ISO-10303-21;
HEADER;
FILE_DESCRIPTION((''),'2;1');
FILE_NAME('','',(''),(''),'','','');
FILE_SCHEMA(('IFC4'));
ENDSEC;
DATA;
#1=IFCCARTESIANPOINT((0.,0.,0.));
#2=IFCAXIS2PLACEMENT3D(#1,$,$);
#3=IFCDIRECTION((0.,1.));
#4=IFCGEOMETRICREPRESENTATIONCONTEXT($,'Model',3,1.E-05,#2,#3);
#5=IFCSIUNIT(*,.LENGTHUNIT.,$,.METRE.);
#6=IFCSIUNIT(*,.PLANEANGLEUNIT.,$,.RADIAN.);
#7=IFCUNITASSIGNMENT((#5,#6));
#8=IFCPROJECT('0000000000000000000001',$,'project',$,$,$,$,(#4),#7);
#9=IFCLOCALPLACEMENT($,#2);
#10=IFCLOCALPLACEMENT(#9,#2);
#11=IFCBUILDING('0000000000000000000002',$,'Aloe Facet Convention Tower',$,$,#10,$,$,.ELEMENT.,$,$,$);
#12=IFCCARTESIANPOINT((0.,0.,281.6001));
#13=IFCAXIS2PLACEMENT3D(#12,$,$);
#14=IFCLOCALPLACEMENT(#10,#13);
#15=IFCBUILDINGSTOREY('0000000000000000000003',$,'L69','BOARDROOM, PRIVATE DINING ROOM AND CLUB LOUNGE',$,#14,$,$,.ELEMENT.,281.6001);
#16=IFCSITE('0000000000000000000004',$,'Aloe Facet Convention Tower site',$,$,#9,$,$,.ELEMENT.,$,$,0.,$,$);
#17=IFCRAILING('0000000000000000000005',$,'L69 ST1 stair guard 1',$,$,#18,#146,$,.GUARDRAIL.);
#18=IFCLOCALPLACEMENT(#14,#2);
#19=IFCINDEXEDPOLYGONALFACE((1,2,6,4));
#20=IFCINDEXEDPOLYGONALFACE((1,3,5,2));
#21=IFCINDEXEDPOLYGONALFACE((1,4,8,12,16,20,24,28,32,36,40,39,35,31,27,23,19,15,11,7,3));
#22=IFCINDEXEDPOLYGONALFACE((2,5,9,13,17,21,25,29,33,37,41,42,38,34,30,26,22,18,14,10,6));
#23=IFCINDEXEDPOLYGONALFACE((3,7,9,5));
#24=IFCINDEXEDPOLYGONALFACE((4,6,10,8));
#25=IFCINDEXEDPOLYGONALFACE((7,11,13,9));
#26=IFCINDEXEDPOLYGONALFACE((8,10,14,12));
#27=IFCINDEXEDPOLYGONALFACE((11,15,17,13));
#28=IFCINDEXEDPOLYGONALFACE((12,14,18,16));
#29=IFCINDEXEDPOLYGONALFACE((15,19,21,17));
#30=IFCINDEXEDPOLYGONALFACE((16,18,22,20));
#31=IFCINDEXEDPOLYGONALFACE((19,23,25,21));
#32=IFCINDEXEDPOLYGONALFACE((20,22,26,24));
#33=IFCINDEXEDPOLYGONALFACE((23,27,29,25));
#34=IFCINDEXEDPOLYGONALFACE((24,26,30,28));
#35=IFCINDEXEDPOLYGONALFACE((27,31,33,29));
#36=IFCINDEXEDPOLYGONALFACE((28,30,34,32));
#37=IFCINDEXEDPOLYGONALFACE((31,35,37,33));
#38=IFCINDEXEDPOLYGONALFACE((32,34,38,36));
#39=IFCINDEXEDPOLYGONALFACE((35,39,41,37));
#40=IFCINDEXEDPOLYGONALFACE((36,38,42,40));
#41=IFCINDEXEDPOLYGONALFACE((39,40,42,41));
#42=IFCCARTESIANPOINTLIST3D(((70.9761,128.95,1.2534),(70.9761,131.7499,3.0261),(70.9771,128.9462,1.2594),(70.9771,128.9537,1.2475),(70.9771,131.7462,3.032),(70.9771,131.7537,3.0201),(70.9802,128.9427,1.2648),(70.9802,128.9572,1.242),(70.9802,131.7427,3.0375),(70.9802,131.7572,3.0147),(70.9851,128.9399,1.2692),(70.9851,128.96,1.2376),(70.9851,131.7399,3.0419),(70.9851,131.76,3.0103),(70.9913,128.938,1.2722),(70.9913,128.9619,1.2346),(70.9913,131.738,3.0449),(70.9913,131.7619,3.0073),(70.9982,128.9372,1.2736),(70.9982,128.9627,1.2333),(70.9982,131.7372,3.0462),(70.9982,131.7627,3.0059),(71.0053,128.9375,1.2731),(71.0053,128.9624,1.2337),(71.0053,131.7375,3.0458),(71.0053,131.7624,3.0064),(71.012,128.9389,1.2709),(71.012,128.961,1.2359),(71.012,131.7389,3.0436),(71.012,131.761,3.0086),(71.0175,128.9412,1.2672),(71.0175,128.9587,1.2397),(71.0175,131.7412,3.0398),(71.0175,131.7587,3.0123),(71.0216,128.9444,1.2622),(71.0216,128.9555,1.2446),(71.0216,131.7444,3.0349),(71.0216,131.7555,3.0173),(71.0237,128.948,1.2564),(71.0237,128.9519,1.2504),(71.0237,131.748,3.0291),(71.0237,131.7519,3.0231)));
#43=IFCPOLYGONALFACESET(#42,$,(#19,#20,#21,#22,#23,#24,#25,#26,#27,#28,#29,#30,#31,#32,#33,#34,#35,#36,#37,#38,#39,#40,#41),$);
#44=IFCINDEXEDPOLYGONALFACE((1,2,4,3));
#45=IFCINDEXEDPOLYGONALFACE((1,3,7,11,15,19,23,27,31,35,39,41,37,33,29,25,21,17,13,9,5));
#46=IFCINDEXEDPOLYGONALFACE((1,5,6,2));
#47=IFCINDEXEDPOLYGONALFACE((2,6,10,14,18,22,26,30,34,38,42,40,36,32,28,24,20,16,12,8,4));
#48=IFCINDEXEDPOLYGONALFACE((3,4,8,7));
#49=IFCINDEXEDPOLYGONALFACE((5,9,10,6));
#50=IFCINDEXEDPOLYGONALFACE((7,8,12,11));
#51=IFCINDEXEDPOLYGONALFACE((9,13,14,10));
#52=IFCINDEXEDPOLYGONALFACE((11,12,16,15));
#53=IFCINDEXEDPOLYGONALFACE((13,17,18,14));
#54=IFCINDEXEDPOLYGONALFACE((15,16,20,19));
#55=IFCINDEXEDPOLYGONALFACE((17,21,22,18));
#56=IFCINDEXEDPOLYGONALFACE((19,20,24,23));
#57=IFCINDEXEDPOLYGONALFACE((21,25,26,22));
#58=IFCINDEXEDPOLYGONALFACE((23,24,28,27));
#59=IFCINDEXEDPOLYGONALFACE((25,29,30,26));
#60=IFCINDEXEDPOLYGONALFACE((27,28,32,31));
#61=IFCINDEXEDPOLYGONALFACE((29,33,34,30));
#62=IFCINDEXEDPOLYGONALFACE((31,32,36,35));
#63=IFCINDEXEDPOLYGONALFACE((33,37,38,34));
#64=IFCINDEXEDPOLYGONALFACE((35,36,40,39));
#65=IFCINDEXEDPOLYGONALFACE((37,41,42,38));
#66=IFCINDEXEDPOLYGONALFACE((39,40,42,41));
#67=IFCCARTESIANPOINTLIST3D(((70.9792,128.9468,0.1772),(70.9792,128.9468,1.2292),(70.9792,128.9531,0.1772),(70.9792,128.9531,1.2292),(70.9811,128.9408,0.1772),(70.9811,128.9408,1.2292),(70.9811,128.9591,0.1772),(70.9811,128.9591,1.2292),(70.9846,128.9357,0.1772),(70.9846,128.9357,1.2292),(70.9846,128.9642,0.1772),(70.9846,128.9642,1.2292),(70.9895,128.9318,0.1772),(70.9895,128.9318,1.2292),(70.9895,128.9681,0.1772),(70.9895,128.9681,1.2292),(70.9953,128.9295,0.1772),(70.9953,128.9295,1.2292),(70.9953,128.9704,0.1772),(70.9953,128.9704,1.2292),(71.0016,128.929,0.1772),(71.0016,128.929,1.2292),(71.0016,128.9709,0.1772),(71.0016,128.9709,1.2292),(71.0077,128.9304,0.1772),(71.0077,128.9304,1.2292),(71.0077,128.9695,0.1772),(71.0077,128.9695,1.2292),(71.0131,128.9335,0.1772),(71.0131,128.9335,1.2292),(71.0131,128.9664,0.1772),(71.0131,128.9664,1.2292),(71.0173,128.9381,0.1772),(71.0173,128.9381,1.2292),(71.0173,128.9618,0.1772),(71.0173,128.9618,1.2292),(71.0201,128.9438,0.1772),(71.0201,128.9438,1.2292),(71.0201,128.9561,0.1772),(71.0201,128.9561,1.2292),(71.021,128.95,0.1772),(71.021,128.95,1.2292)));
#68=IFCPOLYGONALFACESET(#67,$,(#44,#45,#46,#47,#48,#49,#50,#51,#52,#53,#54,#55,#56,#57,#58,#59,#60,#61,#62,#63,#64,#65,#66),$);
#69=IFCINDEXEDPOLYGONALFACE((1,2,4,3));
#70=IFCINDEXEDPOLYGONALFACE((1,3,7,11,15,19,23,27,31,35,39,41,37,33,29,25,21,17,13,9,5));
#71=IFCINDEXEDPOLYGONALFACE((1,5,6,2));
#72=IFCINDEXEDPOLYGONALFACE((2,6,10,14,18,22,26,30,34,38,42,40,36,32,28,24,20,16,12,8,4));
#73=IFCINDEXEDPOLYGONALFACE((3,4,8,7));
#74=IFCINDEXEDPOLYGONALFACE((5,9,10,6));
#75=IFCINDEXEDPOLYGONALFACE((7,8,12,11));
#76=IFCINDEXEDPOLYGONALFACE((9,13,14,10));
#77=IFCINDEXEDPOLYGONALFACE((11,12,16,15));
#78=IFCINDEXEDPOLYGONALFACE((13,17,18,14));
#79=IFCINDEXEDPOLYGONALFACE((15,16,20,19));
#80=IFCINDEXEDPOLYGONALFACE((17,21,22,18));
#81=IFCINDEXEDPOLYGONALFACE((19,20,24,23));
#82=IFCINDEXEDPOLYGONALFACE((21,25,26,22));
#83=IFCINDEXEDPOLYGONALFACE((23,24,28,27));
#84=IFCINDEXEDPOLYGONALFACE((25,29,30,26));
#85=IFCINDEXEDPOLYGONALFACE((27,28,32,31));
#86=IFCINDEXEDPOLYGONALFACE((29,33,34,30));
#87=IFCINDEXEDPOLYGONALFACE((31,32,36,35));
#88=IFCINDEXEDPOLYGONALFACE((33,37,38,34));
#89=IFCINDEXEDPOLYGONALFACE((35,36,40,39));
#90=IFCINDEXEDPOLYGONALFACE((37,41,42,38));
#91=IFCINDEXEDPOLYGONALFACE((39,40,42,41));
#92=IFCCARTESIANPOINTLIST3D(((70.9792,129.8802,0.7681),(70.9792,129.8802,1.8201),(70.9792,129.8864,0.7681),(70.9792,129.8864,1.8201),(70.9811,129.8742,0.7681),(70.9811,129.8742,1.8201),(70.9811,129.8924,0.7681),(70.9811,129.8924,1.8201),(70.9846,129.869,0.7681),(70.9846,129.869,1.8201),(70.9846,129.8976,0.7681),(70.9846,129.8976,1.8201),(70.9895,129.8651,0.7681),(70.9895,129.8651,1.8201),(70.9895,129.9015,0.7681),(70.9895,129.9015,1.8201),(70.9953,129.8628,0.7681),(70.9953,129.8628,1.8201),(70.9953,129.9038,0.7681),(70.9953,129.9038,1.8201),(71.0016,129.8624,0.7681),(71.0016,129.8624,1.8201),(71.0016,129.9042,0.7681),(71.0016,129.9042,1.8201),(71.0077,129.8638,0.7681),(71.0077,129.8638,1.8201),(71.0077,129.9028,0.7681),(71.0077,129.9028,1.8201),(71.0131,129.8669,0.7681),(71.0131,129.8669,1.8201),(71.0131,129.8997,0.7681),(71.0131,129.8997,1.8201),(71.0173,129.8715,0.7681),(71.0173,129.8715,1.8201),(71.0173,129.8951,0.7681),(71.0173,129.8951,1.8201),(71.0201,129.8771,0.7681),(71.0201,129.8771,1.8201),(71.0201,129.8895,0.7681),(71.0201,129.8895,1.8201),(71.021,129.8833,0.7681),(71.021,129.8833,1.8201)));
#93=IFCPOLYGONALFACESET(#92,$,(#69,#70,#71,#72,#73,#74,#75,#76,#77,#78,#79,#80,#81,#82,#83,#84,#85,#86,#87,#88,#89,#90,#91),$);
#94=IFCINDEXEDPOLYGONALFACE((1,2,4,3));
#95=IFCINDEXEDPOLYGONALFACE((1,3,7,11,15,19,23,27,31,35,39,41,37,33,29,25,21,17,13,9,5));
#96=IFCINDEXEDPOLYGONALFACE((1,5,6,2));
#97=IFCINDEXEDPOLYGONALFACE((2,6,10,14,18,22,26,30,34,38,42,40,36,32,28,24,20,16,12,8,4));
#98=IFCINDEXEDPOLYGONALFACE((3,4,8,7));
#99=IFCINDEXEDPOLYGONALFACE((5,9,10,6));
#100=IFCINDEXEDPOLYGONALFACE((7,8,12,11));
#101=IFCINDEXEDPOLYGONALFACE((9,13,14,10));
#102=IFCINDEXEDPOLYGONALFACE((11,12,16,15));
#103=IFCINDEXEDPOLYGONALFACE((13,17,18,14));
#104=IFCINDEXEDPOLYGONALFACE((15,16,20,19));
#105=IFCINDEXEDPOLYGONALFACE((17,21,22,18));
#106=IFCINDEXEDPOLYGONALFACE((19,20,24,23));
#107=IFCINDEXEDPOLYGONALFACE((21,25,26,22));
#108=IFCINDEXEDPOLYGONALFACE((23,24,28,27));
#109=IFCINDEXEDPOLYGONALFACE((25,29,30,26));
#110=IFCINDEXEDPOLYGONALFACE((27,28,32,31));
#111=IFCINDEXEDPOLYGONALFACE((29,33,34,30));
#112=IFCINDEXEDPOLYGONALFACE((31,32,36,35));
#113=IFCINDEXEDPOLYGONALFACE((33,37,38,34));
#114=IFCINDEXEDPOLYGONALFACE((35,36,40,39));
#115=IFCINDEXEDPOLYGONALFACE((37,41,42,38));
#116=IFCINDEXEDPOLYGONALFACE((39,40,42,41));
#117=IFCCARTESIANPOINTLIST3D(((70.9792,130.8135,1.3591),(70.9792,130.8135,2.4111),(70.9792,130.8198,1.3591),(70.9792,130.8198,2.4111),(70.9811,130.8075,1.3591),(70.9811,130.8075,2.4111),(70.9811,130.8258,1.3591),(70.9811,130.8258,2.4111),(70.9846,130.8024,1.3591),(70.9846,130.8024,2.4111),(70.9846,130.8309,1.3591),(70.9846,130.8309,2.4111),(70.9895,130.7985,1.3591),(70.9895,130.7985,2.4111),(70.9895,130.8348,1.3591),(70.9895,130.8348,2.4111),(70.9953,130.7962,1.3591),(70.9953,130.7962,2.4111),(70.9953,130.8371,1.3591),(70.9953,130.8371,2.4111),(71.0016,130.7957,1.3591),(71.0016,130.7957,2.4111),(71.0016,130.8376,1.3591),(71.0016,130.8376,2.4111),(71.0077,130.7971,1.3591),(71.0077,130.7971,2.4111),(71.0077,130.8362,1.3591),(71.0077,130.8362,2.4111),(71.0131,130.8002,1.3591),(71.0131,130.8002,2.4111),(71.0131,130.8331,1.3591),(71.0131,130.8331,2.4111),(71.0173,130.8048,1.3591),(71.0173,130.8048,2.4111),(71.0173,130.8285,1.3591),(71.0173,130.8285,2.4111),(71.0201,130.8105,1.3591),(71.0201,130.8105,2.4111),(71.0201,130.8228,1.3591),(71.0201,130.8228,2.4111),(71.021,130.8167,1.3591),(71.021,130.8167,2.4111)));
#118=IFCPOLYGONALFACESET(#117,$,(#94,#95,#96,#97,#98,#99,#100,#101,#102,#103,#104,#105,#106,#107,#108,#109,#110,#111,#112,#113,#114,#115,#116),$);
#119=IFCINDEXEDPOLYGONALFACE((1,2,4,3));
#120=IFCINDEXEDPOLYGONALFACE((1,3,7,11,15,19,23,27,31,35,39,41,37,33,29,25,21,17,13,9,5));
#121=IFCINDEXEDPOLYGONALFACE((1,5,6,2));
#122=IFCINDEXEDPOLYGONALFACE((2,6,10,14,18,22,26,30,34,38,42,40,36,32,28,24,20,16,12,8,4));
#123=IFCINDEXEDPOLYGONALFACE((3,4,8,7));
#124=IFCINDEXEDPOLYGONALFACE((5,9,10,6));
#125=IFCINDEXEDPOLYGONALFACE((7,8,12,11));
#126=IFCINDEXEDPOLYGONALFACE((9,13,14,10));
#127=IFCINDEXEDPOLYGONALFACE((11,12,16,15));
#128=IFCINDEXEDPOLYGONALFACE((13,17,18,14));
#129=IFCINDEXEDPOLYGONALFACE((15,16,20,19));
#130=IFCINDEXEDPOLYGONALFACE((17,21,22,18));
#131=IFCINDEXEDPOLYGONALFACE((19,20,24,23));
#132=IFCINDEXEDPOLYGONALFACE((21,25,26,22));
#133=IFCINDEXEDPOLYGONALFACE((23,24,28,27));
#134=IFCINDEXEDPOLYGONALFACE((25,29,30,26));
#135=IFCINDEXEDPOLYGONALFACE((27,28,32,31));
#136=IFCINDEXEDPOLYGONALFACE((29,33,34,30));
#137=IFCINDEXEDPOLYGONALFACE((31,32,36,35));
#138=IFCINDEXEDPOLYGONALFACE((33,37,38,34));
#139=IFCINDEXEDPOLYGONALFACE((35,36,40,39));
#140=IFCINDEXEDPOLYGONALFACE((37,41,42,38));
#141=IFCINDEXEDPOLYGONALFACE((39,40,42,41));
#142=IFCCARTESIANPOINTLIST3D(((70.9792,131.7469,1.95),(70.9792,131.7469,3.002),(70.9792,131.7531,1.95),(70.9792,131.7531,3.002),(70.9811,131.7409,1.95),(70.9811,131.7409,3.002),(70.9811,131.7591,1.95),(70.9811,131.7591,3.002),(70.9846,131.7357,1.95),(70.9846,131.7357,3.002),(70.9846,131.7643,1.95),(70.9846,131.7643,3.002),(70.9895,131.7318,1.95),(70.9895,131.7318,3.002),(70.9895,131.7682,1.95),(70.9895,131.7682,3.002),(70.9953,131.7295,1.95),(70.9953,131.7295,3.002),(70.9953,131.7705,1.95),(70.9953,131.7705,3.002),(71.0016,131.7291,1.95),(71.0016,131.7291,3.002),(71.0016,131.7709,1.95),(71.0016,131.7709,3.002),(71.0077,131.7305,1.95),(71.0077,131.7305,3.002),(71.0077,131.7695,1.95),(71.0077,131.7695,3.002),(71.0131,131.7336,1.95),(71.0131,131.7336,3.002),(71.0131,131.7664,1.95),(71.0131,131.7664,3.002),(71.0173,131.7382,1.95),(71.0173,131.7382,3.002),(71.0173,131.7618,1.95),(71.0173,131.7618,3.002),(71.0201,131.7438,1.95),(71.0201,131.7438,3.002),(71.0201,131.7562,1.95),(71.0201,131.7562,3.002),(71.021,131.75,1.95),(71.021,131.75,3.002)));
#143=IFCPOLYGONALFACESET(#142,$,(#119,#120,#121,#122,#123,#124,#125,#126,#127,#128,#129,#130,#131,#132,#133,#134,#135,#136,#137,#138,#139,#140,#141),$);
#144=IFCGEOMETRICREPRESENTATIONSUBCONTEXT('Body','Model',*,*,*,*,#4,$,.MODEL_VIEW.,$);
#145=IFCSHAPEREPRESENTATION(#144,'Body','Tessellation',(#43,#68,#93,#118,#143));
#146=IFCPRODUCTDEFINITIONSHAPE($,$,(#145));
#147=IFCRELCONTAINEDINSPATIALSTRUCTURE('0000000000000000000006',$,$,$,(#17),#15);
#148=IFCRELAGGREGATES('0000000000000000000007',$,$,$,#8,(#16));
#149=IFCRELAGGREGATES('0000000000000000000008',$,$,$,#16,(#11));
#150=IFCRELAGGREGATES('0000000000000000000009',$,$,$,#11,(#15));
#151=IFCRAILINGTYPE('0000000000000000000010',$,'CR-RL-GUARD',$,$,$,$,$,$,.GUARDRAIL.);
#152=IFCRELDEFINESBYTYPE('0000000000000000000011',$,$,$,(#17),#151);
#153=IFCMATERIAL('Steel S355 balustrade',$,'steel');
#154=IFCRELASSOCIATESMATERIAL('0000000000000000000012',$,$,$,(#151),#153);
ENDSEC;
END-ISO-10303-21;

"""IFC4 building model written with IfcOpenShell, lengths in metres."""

from ifc_helpers import new_model, si_unit, direction, frame, origin, origin_2d, place, context, subcontext, project, spatial, circle, extrude, material, type_object, element, save


model = new_model("IFC4")

# Units and contexts
model_context = context("Model", 3, precision=1e-05, world=origin(), true_north=direction((0.0, 1.0)))
body_context = subcontext(model_context, "Body", "Model", "MODEL_VIEW")
ifc_project = project(units=[si_unit("LENGTHUNIT", "METRE"), si_unit("PLANEANGLEUNIT", "RADIAN")], contexts=[model_context])

# Site, building, storey
site_placement = place(None, origin())
site = spatial("IfcSite", under=ifc_project, at=site_placement, Name="Aloe Facet Convention Tower site", CompositionType="ELEMENT", RefElevation=0.0)
building_placement = place(site_placement, origin())
building = spatial("IfcBuilding", under=site, at=building_placement, Name="Aloe Facet Convention Tower", CompositionType="ELEMENT")
storey_placement = place(building_placement, frame((0.0, 0.0, 281.6001)))
storey = spatial("IfcBuildingStorey", under=building, at=storey_placement, Name="L69", Description="BOARDROOM, PRIVATE DINING ROOM AND CLUB LOUNGE", CompositionType="ELEMENT", Elevation=281.6001)

# Railing
ifc_material_1 = material(Name="Steel S355 balustrade", Category="steel")
railing_type_1 = type_object("IfcRailingType", Name="CR-RL-GUARD", PredefinedType="GUARDRAIL", material=ifc_material_1)
railing_1_placement = place(storey_placement, frame((71.0, 128.95, 0.1772)))
element("IfcRailing", 1, at=railing_1_placement, inside=storey, type_object=railing_type_1, Name="L69 ST1 stair guard 1", PredefinedType="GUARDRAIL", context=body_context, shape_type="SweptSolid", body=[
    extrude(circle(Radius=0.0239, at=origin_2d()), frame((0.0, 0.0, 1.0762), z_axis=(0.0, 0.844909, 0.53491), x_axis=(-1.0, 0.0, 0.0)), (0.0, 0.0, 1.0), 3.314),
    extrude(circle(Radius=0.021, at=origin_2d()), origin(), (0.0, 0.0, 1.0), 1.052),
    extrude(circle(Radius=0.021, at=origin_2d()), frame((0.0, 0.9333, 0.5908)), (0.0, 0.0, 1.0), 1.052),
    extrude(circle(Radius=0.021, at=origin_2d()), frame((0.0, 1.8667, 1.1819)), (0.0, 0.0, 1.0), 1.052),
    extrude(circle(Radius=0.021, at=origin_2d()), frame((0.0, 2.8, 1.7727)), (0.0, 0.0, 1.0), 1.052),
])

save(model, "model.ifc")
